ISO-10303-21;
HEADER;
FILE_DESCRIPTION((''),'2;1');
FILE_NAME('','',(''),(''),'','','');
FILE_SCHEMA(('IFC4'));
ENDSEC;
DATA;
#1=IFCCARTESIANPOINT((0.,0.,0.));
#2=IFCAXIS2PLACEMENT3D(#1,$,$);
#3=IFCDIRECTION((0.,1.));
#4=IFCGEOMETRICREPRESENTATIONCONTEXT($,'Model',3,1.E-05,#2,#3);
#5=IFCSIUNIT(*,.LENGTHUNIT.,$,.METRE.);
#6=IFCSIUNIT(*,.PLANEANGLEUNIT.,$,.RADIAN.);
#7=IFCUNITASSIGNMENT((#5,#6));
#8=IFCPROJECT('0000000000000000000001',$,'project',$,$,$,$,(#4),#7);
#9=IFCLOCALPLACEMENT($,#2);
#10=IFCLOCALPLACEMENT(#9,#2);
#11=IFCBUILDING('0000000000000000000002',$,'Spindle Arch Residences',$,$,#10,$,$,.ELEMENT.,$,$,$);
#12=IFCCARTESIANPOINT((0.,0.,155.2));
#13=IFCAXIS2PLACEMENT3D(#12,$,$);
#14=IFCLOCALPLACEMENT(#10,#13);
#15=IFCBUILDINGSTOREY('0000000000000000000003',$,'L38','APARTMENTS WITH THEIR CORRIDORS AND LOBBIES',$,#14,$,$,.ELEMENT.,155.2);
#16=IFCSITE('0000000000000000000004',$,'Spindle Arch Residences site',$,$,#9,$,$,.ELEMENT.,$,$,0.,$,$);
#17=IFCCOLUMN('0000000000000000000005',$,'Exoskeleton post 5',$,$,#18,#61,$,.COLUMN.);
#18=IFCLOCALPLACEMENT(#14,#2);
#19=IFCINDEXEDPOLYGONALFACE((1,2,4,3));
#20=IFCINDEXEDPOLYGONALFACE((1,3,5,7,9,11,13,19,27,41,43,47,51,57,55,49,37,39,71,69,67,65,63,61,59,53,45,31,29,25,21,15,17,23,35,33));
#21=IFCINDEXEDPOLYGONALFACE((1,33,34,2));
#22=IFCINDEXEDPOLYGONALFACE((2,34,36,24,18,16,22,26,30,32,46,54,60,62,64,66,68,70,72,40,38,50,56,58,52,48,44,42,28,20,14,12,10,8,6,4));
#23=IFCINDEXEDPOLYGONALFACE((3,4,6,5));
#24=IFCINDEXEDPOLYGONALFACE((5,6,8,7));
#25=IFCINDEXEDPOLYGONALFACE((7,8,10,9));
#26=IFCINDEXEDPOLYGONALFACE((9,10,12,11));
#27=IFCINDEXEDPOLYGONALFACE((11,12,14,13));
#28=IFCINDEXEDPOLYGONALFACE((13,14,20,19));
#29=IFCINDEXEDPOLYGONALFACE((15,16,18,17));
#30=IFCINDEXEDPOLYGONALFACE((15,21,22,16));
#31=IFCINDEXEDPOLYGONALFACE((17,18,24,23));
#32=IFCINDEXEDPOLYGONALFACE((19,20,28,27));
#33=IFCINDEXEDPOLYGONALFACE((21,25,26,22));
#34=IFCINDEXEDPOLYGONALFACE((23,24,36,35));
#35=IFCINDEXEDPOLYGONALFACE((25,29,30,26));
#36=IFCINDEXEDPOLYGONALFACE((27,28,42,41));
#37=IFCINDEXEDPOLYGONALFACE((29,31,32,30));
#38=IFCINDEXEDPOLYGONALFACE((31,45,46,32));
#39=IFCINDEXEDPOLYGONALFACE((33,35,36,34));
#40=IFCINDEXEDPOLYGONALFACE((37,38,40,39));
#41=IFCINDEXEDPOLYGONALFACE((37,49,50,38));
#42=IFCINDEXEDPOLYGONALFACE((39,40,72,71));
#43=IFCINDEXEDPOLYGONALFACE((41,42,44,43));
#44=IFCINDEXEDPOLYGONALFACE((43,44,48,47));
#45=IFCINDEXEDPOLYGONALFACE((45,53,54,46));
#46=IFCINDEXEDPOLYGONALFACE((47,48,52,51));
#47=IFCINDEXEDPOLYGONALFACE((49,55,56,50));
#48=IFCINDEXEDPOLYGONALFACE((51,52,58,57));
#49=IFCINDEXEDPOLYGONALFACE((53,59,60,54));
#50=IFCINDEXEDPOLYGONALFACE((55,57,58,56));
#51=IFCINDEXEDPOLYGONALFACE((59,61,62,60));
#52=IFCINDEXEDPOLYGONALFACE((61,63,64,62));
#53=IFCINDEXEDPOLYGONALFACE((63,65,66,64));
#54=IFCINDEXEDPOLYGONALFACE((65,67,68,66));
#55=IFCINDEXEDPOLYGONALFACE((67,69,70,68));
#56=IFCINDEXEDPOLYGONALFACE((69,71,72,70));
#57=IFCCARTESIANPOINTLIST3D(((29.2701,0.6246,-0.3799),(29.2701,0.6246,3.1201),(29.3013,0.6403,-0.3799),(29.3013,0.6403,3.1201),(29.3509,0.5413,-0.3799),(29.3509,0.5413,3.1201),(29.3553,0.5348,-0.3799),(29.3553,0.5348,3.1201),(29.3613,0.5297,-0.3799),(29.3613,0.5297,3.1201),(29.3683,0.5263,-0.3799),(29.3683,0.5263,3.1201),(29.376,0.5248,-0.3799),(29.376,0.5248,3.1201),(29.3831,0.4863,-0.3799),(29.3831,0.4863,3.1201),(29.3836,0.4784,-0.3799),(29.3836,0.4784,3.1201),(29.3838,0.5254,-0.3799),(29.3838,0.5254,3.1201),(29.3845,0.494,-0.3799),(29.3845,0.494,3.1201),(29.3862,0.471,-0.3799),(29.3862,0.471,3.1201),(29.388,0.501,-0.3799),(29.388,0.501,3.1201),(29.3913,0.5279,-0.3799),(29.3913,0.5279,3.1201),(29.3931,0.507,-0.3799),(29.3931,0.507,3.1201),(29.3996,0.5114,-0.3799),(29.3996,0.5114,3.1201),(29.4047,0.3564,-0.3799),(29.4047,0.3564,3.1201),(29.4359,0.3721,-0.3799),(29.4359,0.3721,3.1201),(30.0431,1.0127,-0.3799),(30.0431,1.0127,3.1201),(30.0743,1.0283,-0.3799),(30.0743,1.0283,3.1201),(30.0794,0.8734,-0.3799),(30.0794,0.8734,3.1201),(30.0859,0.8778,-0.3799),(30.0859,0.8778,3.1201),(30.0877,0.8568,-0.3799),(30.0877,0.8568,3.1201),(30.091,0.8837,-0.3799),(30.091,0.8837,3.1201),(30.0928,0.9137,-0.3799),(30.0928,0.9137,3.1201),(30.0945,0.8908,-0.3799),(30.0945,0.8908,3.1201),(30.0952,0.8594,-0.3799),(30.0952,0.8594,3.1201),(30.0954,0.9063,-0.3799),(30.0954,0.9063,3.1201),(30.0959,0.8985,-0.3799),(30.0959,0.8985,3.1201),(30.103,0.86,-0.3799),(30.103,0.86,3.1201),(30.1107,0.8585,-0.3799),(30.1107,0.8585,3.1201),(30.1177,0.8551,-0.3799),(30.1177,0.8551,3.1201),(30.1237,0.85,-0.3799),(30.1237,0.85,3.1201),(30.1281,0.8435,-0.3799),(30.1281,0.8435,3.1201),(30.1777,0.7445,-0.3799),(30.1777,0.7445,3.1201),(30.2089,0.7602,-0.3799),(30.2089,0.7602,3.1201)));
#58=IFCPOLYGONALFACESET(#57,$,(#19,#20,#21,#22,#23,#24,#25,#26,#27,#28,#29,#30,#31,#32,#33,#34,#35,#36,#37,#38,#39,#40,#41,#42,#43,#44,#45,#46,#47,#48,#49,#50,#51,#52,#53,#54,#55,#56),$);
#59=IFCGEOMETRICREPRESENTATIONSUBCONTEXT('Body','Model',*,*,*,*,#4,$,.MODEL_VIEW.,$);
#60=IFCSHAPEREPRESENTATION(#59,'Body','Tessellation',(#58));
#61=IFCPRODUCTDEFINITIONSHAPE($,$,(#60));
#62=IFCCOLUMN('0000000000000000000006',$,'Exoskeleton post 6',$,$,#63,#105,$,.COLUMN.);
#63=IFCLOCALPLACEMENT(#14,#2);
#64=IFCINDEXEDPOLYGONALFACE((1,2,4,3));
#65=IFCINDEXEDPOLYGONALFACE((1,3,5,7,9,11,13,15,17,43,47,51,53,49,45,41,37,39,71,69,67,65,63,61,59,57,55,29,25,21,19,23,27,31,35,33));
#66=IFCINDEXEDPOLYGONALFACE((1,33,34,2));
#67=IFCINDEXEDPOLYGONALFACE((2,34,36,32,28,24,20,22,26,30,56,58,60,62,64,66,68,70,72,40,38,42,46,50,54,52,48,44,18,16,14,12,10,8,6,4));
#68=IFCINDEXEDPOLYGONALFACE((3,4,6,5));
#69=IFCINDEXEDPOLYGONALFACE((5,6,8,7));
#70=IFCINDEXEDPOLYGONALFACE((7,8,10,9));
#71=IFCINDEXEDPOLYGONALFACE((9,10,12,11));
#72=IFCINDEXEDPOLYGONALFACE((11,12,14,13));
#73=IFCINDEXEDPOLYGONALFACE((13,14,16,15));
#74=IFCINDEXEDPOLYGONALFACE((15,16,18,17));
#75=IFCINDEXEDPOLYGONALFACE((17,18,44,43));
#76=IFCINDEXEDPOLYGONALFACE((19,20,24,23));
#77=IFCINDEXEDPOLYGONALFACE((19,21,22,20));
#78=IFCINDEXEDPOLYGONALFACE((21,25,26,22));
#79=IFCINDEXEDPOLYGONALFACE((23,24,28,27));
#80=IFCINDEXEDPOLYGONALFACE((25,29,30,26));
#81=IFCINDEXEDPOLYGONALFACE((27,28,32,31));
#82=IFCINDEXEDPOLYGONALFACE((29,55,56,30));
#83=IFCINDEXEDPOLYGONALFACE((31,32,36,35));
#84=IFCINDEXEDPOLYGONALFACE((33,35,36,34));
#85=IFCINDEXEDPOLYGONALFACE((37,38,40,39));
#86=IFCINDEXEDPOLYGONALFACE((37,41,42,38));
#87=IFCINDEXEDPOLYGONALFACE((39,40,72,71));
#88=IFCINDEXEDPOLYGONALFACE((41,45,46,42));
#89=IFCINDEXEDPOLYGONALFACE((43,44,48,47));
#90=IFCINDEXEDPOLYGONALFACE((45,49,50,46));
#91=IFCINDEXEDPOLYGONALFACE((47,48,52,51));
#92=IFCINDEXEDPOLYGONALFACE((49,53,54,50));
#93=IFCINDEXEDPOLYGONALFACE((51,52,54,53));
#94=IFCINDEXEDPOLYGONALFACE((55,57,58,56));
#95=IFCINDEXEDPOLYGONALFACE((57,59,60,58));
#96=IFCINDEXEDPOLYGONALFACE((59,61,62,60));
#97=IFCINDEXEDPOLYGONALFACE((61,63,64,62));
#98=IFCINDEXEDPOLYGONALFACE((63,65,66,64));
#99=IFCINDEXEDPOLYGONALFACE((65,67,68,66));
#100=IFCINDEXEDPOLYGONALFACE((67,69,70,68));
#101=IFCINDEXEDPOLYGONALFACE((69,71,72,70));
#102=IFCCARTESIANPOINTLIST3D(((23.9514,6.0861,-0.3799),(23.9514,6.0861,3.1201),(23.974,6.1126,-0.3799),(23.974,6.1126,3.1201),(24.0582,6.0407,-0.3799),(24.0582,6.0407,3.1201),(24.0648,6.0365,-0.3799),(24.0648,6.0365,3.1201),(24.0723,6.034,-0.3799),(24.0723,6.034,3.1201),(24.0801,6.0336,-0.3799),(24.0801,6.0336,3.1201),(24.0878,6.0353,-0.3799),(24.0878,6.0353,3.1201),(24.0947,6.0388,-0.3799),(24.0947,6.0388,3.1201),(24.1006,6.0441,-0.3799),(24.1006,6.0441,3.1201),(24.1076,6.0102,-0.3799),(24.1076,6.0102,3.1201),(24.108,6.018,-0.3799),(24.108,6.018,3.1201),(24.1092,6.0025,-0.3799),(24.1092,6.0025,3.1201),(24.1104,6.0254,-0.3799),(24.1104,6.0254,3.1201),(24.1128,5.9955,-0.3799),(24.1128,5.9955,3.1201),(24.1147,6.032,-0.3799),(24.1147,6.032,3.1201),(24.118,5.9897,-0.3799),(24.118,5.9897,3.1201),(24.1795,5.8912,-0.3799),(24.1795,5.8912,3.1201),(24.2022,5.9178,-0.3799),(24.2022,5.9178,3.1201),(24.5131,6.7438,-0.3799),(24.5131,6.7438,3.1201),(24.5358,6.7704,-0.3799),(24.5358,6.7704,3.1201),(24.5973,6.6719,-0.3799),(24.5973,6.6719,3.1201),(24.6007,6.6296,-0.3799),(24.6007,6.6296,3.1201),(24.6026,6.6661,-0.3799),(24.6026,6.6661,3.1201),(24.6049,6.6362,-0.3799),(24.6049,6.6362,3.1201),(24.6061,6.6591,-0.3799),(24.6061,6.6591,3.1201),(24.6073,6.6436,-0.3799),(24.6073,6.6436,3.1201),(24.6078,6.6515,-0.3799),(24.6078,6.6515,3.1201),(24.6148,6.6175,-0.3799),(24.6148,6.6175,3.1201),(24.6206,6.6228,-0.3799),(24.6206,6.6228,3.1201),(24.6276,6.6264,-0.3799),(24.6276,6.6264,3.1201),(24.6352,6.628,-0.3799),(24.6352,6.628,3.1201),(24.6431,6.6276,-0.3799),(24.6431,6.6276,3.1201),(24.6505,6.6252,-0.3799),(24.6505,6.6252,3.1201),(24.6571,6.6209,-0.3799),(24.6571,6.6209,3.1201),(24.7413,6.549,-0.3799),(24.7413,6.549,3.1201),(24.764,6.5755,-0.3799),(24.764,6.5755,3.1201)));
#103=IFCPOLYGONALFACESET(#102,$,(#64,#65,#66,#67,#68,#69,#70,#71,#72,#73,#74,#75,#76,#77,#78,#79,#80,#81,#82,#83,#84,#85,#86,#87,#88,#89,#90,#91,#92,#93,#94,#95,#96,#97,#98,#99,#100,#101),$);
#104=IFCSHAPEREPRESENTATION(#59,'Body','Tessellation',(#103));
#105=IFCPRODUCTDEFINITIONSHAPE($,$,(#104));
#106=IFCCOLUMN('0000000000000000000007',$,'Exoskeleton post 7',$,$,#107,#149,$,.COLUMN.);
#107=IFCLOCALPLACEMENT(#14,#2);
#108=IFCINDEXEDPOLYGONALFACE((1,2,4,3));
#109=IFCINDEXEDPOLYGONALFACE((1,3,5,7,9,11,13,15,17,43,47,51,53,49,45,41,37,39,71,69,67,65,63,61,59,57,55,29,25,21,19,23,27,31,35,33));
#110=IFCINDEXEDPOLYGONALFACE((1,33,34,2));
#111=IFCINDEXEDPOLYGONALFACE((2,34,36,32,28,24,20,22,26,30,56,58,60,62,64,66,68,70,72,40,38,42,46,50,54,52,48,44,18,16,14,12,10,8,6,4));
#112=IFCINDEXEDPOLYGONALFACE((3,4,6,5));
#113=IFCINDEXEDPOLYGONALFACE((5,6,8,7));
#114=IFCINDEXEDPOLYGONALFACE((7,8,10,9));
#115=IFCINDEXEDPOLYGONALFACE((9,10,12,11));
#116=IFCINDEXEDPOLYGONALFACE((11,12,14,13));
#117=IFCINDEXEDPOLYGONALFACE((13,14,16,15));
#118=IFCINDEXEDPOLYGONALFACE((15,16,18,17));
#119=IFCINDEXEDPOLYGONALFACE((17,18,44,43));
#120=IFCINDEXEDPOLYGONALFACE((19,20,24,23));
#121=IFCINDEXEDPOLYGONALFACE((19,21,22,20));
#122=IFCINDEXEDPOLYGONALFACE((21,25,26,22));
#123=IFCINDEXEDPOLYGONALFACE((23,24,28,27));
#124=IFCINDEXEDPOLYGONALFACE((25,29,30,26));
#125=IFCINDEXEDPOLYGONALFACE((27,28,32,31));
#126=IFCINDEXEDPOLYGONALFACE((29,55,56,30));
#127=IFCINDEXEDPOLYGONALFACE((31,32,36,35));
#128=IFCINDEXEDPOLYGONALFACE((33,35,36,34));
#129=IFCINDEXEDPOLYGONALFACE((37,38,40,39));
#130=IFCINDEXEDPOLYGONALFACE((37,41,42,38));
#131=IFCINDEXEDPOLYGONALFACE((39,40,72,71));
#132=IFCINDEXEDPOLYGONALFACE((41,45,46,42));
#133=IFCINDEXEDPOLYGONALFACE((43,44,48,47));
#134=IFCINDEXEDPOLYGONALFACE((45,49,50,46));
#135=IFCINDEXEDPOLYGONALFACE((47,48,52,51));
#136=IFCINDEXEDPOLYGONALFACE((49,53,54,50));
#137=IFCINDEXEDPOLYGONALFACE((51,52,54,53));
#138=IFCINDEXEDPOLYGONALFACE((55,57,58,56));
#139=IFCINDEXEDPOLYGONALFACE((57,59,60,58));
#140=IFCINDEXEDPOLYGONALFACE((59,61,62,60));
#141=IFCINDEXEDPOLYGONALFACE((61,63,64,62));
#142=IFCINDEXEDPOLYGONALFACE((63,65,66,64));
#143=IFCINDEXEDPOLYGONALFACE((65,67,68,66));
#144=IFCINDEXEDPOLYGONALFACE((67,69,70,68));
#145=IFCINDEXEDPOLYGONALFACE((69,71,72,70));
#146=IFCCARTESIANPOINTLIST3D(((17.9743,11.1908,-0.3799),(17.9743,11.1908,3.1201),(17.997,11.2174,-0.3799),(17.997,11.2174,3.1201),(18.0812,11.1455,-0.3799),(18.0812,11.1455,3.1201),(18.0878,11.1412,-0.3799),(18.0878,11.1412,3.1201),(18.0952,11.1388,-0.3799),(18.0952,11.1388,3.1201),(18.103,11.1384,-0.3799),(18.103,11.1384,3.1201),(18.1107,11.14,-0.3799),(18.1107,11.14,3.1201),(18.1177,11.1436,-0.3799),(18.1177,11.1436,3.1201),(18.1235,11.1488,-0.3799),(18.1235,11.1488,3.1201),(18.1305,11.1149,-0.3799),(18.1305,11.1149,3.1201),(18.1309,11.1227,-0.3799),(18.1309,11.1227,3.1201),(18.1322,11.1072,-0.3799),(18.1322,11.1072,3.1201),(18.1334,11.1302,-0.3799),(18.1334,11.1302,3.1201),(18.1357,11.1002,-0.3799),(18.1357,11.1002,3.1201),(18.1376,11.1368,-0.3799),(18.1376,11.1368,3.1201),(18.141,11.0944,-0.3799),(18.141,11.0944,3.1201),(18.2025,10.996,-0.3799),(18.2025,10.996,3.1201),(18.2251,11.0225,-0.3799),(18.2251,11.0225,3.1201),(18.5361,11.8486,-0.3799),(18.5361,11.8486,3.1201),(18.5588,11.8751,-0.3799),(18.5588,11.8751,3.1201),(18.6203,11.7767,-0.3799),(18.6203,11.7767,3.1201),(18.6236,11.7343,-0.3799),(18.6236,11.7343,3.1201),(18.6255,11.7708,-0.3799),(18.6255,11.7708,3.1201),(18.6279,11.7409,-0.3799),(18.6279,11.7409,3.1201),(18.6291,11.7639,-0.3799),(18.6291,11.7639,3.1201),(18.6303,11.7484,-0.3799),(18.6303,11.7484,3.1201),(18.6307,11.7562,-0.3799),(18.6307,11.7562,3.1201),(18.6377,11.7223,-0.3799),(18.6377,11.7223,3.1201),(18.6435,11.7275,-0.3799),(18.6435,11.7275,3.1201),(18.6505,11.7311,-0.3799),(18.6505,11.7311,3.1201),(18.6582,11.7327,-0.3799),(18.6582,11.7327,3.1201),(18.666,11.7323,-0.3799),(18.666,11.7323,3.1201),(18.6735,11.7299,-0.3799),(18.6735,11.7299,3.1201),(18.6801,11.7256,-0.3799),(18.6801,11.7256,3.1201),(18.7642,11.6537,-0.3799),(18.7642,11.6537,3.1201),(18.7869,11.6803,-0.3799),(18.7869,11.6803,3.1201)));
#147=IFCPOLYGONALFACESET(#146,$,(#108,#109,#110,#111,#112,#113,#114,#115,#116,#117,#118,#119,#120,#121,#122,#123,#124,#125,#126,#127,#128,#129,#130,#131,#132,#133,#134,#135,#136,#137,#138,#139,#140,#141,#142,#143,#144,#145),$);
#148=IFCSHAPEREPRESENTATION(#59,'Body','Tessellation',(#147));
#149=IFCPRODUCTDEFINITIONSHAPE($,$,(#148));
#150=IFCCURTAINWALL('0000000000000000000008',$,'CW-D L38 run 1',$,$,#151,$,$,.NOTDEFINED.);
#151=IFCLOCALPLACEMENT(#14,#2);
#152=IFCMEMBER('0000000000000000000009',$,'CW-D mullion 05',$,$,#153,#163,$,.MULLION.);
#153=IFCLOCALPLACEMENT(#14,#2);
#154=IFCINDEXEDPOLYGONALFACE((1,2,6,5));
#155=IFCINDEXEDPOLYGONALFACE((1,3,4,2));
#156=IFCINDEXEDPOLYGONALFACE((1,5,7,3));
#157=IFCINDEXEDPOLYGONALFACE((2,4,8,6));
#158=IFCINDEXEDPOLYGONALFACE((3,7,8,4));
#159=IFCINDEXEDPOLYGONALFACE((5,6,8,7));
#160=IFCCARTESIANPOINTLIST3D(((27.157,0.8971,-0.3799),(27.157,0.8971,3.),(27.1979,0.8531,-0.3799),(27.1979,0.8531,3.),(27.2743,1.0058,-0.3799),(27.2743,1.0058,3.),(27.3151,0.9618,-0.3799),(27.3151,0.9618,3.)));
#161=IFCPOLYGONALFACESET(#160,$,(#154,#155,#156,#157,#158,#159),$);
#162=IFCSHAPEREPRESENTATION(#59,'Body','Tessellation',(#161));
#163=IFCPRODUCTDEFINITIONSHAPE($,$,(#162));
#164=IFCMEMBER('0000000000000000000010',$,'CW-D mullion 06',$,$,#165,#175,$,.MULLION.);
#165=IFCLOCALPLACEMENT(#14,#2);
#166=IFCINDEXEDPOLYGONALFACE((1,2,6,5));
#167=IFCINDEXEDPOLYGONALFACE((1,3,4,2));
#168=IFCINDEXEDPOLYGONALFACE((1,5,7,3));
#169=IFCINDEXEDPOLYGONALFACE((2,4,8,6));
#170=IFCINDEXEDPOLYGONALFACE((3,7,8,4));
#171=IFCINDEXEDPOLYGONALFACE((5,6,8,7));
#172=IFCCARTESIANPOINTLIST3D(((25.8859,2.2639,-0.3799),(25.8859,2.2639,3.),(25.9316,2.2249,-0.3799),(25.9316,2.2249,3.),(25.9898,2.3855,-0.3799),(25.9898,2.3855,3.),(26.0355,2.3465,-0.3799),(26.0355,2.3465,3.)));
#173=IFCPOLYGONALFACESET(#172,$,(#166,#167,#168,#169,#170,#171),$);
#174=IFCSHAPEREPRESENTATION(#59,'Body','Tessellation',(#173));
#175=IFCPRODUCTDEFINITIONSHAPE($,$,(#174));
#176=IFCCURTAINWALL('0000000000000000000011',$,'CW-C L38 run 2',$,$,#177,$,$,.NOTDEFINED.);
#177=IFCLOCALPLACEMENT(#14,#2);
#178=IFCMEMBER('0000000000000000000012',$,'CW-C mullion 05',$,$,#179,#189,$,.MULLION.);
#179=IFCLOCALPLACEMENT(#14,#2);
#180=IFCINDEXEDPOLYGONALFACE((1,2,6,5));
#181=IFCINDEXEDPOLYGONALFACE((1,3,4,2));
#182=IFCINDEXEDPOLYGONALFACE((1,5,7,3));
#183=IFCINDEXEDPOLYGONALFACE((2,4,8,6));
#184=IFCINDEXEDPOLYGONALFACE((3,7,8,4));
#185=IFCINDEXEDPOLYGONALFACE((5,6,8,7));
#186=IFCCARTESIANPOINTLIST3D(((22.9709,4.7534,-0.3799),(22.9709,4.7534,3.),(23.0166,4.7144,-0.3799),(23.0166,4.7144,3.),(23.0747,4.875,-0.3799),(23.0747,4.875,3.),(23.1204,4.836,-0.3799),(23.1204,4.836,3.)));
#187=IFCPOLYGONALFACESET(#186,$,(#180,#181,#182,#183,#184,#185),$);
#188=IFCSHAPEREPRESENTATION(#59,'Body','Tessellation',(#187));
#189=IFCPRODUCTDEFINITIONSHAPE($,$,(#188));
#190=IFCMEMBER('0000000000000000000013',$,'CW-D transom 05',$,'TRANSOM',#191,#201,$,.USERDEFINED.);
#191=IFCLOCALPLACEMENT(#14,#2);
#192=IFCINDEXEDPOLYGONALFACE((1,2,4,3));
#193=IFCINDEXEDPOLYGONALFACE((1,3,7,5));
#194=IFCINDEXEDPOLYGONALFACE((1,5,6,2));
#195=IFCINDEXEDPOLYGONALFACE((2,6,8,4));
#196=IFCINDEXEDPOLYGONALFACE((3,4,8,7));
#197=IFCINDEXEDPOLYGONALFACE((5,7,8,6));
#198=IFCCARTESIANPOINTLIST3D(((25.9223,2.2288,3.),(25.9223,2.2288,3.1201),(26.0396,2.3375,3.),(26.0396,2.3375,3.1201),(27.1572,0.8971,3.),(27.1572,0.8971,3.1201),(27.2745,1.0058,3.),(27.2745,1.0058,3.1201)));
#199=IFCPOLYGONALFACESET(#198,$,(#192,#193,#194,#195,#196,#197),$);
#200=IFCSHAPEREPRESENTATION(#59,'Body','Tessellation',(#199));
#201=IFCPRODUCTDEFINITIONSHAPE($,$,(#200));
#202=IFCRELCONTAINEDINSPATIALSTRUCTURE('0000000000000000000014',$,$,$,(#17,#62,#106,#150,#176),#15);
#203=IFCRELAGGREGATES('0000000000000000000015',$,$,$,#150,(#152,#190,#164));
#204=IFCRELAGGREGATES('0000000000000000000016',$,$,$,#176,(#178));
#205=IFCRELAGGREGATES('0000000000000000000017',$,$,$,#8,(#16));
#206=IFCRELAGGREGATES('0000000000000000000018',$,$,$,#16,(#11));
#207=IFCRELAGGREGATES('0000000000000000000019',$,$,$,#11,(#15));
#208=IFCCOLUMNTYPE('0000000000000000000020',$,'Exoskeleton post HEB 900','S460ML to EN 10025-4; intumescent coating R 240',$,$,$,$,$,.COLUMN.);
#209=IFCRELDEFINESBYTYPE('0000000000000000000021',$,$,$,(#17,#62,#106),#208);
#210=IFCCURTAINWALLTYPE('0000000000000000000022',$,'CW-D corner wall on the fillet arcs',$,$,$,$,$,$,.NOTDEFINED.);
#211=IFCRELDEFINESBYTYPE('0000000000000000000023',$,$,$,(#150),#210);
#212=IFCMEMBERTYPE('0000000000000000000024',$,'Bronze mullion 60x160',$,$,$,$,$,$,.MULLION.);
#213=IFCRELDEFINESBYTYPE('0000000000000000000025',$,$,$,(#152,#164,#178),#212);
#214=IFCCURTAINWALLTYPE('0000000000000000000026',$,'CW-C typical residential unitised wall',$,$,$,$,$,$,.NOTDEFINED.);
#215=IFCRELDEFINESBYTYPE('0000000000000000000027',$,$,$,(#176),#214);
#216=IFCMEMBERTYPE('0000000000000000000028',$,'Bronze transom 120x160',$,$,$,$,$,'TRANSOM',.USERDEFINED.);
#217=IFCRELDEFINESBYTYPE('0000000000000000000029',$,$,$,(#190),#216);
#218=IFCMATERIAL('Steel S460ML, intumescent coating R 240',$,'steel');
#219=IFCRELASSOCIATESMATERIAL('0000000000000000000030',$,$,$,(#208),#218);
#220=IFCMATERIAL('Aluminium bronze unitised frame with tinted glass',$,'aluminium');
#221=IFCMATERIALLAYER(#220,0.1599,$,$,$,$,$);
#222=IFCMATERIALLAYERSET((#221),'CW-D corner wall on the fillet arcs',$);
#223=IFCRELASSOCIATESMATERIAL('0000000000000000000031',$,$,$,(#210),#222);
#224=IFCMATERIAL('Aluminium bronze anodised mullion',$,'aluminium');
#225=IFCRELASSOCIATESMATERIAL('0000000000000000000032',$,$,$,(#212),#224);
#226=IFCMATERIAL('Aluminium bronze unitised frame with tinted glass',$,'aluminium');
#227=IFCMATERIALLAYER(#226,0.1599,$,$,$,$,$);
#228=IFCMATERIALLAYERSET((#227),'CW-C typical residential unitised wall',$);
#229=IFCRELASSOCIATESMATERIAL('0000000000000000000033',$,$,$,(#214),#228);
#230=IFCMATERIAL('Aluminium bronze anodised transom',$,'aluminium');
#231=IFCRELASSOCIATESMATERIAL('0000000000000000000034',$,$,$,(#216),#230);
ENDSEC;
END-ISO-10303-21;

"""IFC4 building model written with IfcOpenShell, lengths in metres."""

from ifc_helpers import new_model, si_unit, direction, frame, origin, origin_2d, place, context, subcontext, project, spatial, rectangle, i_section, extrude, material, layer, layer_set, material_profile, profile_set, type_object, element, aggregate, save


model = new_model("IFC4")

# Units and contexts
model_context = context("Model", 3, precision=1e-05, world=origin(), true_north=direction((0.0, 1.0)))
body_context = subcontext(model_context, "Body", "Model", "MODEL_VIEW")
ifc_project = project(units=[si_unit("LENGTHUNIT", "METRE"), si_unit("PLANEANGLEUNIT", "RADIAN")], contexts=[model_context])

# Site, building, storey
site_placement = place(None, origin())
site = spatial("IfcSite", under=ifc_project, at=site_placement, Name="Spindle Arch Residences site", CompositionType="ELEMENT", RefElevation=0.0)
building_placement = place(site_placement, origin())
building = spatial("IfcBuilding", under=site, at=building_placement, Name="Spindle Arch Residences", CompositionType="ELEMENT")
storey_placement = place(building_placement, frame((0.0, 0.0, 155.2)))
storey = spatial("IfcBuildingStorey", under=building, at=storey_placement, Name="L38", Description="APARTMENTS WITH THEIR CORRIDORS AND LOBBIES", CompositionType="ELEMENT", Elevation=155.2)

# Columns
ifc_material_1 = material(Name="Steel S460ML, intumescent coating R 240", Category="steel")
ifc_material_profile_1 = material_profile(ifc_material_1, i_section(OverallWidth=0.3, OverallDepth=0.8999, WebThickness=0.0186, FlangeThickness=0.0349, FilletRadius=0.03, at=origin_2d()), Name="HEB 900")
ifc_profile_set_1 = profile_set([ifc_material_profile_1], Name="Steel S460ML, intumescent coating R 240")
column_type = type_object("IfcColumnType", Name="Exoskeleton post HEB 900", Description="S460ML to EN 10025-4; intumescent coating R 240", PredefinedType="COLUMN", material=ifc_profile_set_1)
for number, where, z_axis, x_axis, name in (
    (1, (29.7395, 0.6924, -0.3799), (0.0, 0.0, 1.0), (0.448657, -0.893704, 0.0), "Exoskeleton post 5"),
    (2, (24.3577, 6.3308, -0.3799), (0.0, 0.0, 1.0), (0.760406, -0.649448, 0.0), "Exoskeleton post 6"),
    (3, (18.3806, 11.4355, -0.3799), (0.0, 0.0, 1.0), (0.760406, -0.649448, 0.0), "Exoskeleton post 7"),
):
    element("IfcColumn", number, at=place(storey_placement, frame(where, z_axis=z_axis, x_axis=x_axis)), inside=storey, type_object=column_type, Name=name, PredefinedType="COLUMN", context=body_context, shape_type="SweptSolid", body=[
        extrude(i_section(OverallWidth=0.3, OverallDepth=0.8999, WebThickness=0.0186, FlangeThickness=0.0349, FilletRadius=0.03, at=origin_2d()), origin(), (0.0, 0.0, 1.0), 3.5),
    ])

# Curtain wall, members
ifc_material_2 = material(Name="Aluminium bronze unitised frame with tinted glass", Category="aluminium")
ifc_layer_1 = layer(ifc_material_2, 0.1599)
ifc_layer_set_1 = layer_set([ifc_layer_1], Name="CW-D corner wall on the fillet arcs")
curtain_wall_type_1 = type_object("IfcCurtainWallType", Name="CW-D corner wall on the fillet arcs", PredefinedType="NOTDEFINED", material=ifc_layer_set_1)
curtain_wall_1_placement = place(storey_placement, origin())
curtain_wall_1 = element("IfcCurtainWall", 4, at=curtain_wall_1_placement, inside=storey, type_object=curtain_wall_type_1, Name="CW-D L38 run 1", PredefinedType="NOTDEFINED")
ifc_material_3 = material(Name="Aluminium bronze anodised mullion", Category="aluminium")
ifc_material_profile_2 = material_profile(ifc_material_3, rectangle(XDim=0.1599, YDim=0.0601, at=origin_2d()), Name="MU 60x160")
ifc_profile_set_2 = profile_set([ifc_material_profile_2], Name="Aluminium bronze anodised mullion")
member_type_1 = type_object("IfcMemberType", Name="Bronze mullion 60x160", PredefinedType="MULLION", material=ifc_profile_set_2)
member_1_placement = place(storey_placement, frame((27.2361, 0.9294, -0.3799), z_axis=(0.0, 0.0, 1.0), x_axis=(-0.733334, -0.679868, 0.0)))
member_1 = element("IfcMember", 5, at=member_1_placement, type_object=member_type_1, Name="CW-D mullion 05", PredefinedType="MULLION", context=body_context, shape_type="SweptSolid", body=[
    extrude(rectangle(XDim=0.1599, YDim=0.0601, at=origin_2d()), origin(), (0.0, 0.0, 1.0), 3.3799),
])
member_2_placement = place(storey_placement, frame((25.9607, 2.3052, -0.3799), z_axis=(0.0, 0.0, 1.0), x_axis=(-0.649448, -0.760406, 0.0)))
member_2 = element("IfcMember", 6, at=member_2_placement, type_object=member_type_1, Name="CW-D mullion 06", PredefinedType="MULLION", context=body_context, shape_type="SweptSolid", body=[
    extrude(rectangle(XDim=0.1599, YDim=0.0601, at=origin_2d()), origin(), (0.0, 0.0, 1.0), 3.3799),
])

# Curtain wall, member
ifc_material_4 = material(Name="Aluminium bronze unitised frame with tinted glass", Category="aluminium")
ifc_layer_2 = layer(ifc_material_4, 0.1599)
ifc_layer_set_2 = layer_set([ifc_layer_2], Name="CW-C typical residential unitised wall")
curtain_wall_type_2 = type_object("IfcCurtainWallType", Name="CW-C typical residential unitised wall", PredefinedType="NOTDEFINED", material=ifc_layer_set_2)
curtain_wall_2_placement = place(storey_placement, origin())
curtain_wall_2 = element("IfcCurtainWall", 7, at=curtain_wall_2_placement, inside=storey, type_object=curtain_wall_type_2, Name="CW-C L38 run 2", PredefinedType="NOTDEFINED")
member_3_placement = place(storey_placement, frame((23.0457, 4.7947, -0.3799), z_axis=(0.0, 0.0, 1.0), x_axis=(-0.649448, -0.760406, 0.0)))
member_3 = element("IfcMember", 8, at=member_3_placement, type_object=member_type_1, Name="CW-C mullion 05", PredefinedType="MULLION", context=body_context, shape_type="SweptSolid", body=[
    extrude(rectangle(XDim=0.1599, YDim=0.0601, at=origin_2d()), origin(), (0.0, 0.0, 1.0), 3.3799),
])

# Member
ifc_material_5 = material(Name="Aluminium bronze anodised transom", Category="aluminium")
ifc_material_profile_3 = material_profile(ifc_material_5, rectangle(XDim=0.1599, YDim=0.1201, at=origin_2d()), Name="TR 120x160")
ifc_profile_set_3 = profile_set([ifc_material_profile_3], Name="Aluminium bronze anodised transom")
member_type_2 = type_object("IfcMemberType", Name="Bronze transom 120x160", ElementType="TRANSOM", PredefinedType="USERDEFINED", material=ifc_profile_set_3)
member_4_placement = place(storey_placement, frame((27.2158, 0.9514, 3.0601), z_axis=(-0.67992, 0.733286, 0.0), x_axis=(-0.733286, -0.67992, 0.0)))
member_4 = element("IfcMember", 9, at=member_4_placement, type_object=member_type_2, Name="CW-D transom 05", ObjectType="TRANSOM", PredefinedType="USERDEFINED", context=body_context, shape_type="SweptSolid", body=[
    extrude(rectangle(XDim=0.1599, YDim=0.1201, at=origin_2d()), origin(), (0.0, 0.0, 1.0), 1.8162),
])

aggregate(curtain_wall_1, [member_1, member_4, member_2])
aggregate(curtain_wall_2, [member_3])

save(model, "model.ifc")
